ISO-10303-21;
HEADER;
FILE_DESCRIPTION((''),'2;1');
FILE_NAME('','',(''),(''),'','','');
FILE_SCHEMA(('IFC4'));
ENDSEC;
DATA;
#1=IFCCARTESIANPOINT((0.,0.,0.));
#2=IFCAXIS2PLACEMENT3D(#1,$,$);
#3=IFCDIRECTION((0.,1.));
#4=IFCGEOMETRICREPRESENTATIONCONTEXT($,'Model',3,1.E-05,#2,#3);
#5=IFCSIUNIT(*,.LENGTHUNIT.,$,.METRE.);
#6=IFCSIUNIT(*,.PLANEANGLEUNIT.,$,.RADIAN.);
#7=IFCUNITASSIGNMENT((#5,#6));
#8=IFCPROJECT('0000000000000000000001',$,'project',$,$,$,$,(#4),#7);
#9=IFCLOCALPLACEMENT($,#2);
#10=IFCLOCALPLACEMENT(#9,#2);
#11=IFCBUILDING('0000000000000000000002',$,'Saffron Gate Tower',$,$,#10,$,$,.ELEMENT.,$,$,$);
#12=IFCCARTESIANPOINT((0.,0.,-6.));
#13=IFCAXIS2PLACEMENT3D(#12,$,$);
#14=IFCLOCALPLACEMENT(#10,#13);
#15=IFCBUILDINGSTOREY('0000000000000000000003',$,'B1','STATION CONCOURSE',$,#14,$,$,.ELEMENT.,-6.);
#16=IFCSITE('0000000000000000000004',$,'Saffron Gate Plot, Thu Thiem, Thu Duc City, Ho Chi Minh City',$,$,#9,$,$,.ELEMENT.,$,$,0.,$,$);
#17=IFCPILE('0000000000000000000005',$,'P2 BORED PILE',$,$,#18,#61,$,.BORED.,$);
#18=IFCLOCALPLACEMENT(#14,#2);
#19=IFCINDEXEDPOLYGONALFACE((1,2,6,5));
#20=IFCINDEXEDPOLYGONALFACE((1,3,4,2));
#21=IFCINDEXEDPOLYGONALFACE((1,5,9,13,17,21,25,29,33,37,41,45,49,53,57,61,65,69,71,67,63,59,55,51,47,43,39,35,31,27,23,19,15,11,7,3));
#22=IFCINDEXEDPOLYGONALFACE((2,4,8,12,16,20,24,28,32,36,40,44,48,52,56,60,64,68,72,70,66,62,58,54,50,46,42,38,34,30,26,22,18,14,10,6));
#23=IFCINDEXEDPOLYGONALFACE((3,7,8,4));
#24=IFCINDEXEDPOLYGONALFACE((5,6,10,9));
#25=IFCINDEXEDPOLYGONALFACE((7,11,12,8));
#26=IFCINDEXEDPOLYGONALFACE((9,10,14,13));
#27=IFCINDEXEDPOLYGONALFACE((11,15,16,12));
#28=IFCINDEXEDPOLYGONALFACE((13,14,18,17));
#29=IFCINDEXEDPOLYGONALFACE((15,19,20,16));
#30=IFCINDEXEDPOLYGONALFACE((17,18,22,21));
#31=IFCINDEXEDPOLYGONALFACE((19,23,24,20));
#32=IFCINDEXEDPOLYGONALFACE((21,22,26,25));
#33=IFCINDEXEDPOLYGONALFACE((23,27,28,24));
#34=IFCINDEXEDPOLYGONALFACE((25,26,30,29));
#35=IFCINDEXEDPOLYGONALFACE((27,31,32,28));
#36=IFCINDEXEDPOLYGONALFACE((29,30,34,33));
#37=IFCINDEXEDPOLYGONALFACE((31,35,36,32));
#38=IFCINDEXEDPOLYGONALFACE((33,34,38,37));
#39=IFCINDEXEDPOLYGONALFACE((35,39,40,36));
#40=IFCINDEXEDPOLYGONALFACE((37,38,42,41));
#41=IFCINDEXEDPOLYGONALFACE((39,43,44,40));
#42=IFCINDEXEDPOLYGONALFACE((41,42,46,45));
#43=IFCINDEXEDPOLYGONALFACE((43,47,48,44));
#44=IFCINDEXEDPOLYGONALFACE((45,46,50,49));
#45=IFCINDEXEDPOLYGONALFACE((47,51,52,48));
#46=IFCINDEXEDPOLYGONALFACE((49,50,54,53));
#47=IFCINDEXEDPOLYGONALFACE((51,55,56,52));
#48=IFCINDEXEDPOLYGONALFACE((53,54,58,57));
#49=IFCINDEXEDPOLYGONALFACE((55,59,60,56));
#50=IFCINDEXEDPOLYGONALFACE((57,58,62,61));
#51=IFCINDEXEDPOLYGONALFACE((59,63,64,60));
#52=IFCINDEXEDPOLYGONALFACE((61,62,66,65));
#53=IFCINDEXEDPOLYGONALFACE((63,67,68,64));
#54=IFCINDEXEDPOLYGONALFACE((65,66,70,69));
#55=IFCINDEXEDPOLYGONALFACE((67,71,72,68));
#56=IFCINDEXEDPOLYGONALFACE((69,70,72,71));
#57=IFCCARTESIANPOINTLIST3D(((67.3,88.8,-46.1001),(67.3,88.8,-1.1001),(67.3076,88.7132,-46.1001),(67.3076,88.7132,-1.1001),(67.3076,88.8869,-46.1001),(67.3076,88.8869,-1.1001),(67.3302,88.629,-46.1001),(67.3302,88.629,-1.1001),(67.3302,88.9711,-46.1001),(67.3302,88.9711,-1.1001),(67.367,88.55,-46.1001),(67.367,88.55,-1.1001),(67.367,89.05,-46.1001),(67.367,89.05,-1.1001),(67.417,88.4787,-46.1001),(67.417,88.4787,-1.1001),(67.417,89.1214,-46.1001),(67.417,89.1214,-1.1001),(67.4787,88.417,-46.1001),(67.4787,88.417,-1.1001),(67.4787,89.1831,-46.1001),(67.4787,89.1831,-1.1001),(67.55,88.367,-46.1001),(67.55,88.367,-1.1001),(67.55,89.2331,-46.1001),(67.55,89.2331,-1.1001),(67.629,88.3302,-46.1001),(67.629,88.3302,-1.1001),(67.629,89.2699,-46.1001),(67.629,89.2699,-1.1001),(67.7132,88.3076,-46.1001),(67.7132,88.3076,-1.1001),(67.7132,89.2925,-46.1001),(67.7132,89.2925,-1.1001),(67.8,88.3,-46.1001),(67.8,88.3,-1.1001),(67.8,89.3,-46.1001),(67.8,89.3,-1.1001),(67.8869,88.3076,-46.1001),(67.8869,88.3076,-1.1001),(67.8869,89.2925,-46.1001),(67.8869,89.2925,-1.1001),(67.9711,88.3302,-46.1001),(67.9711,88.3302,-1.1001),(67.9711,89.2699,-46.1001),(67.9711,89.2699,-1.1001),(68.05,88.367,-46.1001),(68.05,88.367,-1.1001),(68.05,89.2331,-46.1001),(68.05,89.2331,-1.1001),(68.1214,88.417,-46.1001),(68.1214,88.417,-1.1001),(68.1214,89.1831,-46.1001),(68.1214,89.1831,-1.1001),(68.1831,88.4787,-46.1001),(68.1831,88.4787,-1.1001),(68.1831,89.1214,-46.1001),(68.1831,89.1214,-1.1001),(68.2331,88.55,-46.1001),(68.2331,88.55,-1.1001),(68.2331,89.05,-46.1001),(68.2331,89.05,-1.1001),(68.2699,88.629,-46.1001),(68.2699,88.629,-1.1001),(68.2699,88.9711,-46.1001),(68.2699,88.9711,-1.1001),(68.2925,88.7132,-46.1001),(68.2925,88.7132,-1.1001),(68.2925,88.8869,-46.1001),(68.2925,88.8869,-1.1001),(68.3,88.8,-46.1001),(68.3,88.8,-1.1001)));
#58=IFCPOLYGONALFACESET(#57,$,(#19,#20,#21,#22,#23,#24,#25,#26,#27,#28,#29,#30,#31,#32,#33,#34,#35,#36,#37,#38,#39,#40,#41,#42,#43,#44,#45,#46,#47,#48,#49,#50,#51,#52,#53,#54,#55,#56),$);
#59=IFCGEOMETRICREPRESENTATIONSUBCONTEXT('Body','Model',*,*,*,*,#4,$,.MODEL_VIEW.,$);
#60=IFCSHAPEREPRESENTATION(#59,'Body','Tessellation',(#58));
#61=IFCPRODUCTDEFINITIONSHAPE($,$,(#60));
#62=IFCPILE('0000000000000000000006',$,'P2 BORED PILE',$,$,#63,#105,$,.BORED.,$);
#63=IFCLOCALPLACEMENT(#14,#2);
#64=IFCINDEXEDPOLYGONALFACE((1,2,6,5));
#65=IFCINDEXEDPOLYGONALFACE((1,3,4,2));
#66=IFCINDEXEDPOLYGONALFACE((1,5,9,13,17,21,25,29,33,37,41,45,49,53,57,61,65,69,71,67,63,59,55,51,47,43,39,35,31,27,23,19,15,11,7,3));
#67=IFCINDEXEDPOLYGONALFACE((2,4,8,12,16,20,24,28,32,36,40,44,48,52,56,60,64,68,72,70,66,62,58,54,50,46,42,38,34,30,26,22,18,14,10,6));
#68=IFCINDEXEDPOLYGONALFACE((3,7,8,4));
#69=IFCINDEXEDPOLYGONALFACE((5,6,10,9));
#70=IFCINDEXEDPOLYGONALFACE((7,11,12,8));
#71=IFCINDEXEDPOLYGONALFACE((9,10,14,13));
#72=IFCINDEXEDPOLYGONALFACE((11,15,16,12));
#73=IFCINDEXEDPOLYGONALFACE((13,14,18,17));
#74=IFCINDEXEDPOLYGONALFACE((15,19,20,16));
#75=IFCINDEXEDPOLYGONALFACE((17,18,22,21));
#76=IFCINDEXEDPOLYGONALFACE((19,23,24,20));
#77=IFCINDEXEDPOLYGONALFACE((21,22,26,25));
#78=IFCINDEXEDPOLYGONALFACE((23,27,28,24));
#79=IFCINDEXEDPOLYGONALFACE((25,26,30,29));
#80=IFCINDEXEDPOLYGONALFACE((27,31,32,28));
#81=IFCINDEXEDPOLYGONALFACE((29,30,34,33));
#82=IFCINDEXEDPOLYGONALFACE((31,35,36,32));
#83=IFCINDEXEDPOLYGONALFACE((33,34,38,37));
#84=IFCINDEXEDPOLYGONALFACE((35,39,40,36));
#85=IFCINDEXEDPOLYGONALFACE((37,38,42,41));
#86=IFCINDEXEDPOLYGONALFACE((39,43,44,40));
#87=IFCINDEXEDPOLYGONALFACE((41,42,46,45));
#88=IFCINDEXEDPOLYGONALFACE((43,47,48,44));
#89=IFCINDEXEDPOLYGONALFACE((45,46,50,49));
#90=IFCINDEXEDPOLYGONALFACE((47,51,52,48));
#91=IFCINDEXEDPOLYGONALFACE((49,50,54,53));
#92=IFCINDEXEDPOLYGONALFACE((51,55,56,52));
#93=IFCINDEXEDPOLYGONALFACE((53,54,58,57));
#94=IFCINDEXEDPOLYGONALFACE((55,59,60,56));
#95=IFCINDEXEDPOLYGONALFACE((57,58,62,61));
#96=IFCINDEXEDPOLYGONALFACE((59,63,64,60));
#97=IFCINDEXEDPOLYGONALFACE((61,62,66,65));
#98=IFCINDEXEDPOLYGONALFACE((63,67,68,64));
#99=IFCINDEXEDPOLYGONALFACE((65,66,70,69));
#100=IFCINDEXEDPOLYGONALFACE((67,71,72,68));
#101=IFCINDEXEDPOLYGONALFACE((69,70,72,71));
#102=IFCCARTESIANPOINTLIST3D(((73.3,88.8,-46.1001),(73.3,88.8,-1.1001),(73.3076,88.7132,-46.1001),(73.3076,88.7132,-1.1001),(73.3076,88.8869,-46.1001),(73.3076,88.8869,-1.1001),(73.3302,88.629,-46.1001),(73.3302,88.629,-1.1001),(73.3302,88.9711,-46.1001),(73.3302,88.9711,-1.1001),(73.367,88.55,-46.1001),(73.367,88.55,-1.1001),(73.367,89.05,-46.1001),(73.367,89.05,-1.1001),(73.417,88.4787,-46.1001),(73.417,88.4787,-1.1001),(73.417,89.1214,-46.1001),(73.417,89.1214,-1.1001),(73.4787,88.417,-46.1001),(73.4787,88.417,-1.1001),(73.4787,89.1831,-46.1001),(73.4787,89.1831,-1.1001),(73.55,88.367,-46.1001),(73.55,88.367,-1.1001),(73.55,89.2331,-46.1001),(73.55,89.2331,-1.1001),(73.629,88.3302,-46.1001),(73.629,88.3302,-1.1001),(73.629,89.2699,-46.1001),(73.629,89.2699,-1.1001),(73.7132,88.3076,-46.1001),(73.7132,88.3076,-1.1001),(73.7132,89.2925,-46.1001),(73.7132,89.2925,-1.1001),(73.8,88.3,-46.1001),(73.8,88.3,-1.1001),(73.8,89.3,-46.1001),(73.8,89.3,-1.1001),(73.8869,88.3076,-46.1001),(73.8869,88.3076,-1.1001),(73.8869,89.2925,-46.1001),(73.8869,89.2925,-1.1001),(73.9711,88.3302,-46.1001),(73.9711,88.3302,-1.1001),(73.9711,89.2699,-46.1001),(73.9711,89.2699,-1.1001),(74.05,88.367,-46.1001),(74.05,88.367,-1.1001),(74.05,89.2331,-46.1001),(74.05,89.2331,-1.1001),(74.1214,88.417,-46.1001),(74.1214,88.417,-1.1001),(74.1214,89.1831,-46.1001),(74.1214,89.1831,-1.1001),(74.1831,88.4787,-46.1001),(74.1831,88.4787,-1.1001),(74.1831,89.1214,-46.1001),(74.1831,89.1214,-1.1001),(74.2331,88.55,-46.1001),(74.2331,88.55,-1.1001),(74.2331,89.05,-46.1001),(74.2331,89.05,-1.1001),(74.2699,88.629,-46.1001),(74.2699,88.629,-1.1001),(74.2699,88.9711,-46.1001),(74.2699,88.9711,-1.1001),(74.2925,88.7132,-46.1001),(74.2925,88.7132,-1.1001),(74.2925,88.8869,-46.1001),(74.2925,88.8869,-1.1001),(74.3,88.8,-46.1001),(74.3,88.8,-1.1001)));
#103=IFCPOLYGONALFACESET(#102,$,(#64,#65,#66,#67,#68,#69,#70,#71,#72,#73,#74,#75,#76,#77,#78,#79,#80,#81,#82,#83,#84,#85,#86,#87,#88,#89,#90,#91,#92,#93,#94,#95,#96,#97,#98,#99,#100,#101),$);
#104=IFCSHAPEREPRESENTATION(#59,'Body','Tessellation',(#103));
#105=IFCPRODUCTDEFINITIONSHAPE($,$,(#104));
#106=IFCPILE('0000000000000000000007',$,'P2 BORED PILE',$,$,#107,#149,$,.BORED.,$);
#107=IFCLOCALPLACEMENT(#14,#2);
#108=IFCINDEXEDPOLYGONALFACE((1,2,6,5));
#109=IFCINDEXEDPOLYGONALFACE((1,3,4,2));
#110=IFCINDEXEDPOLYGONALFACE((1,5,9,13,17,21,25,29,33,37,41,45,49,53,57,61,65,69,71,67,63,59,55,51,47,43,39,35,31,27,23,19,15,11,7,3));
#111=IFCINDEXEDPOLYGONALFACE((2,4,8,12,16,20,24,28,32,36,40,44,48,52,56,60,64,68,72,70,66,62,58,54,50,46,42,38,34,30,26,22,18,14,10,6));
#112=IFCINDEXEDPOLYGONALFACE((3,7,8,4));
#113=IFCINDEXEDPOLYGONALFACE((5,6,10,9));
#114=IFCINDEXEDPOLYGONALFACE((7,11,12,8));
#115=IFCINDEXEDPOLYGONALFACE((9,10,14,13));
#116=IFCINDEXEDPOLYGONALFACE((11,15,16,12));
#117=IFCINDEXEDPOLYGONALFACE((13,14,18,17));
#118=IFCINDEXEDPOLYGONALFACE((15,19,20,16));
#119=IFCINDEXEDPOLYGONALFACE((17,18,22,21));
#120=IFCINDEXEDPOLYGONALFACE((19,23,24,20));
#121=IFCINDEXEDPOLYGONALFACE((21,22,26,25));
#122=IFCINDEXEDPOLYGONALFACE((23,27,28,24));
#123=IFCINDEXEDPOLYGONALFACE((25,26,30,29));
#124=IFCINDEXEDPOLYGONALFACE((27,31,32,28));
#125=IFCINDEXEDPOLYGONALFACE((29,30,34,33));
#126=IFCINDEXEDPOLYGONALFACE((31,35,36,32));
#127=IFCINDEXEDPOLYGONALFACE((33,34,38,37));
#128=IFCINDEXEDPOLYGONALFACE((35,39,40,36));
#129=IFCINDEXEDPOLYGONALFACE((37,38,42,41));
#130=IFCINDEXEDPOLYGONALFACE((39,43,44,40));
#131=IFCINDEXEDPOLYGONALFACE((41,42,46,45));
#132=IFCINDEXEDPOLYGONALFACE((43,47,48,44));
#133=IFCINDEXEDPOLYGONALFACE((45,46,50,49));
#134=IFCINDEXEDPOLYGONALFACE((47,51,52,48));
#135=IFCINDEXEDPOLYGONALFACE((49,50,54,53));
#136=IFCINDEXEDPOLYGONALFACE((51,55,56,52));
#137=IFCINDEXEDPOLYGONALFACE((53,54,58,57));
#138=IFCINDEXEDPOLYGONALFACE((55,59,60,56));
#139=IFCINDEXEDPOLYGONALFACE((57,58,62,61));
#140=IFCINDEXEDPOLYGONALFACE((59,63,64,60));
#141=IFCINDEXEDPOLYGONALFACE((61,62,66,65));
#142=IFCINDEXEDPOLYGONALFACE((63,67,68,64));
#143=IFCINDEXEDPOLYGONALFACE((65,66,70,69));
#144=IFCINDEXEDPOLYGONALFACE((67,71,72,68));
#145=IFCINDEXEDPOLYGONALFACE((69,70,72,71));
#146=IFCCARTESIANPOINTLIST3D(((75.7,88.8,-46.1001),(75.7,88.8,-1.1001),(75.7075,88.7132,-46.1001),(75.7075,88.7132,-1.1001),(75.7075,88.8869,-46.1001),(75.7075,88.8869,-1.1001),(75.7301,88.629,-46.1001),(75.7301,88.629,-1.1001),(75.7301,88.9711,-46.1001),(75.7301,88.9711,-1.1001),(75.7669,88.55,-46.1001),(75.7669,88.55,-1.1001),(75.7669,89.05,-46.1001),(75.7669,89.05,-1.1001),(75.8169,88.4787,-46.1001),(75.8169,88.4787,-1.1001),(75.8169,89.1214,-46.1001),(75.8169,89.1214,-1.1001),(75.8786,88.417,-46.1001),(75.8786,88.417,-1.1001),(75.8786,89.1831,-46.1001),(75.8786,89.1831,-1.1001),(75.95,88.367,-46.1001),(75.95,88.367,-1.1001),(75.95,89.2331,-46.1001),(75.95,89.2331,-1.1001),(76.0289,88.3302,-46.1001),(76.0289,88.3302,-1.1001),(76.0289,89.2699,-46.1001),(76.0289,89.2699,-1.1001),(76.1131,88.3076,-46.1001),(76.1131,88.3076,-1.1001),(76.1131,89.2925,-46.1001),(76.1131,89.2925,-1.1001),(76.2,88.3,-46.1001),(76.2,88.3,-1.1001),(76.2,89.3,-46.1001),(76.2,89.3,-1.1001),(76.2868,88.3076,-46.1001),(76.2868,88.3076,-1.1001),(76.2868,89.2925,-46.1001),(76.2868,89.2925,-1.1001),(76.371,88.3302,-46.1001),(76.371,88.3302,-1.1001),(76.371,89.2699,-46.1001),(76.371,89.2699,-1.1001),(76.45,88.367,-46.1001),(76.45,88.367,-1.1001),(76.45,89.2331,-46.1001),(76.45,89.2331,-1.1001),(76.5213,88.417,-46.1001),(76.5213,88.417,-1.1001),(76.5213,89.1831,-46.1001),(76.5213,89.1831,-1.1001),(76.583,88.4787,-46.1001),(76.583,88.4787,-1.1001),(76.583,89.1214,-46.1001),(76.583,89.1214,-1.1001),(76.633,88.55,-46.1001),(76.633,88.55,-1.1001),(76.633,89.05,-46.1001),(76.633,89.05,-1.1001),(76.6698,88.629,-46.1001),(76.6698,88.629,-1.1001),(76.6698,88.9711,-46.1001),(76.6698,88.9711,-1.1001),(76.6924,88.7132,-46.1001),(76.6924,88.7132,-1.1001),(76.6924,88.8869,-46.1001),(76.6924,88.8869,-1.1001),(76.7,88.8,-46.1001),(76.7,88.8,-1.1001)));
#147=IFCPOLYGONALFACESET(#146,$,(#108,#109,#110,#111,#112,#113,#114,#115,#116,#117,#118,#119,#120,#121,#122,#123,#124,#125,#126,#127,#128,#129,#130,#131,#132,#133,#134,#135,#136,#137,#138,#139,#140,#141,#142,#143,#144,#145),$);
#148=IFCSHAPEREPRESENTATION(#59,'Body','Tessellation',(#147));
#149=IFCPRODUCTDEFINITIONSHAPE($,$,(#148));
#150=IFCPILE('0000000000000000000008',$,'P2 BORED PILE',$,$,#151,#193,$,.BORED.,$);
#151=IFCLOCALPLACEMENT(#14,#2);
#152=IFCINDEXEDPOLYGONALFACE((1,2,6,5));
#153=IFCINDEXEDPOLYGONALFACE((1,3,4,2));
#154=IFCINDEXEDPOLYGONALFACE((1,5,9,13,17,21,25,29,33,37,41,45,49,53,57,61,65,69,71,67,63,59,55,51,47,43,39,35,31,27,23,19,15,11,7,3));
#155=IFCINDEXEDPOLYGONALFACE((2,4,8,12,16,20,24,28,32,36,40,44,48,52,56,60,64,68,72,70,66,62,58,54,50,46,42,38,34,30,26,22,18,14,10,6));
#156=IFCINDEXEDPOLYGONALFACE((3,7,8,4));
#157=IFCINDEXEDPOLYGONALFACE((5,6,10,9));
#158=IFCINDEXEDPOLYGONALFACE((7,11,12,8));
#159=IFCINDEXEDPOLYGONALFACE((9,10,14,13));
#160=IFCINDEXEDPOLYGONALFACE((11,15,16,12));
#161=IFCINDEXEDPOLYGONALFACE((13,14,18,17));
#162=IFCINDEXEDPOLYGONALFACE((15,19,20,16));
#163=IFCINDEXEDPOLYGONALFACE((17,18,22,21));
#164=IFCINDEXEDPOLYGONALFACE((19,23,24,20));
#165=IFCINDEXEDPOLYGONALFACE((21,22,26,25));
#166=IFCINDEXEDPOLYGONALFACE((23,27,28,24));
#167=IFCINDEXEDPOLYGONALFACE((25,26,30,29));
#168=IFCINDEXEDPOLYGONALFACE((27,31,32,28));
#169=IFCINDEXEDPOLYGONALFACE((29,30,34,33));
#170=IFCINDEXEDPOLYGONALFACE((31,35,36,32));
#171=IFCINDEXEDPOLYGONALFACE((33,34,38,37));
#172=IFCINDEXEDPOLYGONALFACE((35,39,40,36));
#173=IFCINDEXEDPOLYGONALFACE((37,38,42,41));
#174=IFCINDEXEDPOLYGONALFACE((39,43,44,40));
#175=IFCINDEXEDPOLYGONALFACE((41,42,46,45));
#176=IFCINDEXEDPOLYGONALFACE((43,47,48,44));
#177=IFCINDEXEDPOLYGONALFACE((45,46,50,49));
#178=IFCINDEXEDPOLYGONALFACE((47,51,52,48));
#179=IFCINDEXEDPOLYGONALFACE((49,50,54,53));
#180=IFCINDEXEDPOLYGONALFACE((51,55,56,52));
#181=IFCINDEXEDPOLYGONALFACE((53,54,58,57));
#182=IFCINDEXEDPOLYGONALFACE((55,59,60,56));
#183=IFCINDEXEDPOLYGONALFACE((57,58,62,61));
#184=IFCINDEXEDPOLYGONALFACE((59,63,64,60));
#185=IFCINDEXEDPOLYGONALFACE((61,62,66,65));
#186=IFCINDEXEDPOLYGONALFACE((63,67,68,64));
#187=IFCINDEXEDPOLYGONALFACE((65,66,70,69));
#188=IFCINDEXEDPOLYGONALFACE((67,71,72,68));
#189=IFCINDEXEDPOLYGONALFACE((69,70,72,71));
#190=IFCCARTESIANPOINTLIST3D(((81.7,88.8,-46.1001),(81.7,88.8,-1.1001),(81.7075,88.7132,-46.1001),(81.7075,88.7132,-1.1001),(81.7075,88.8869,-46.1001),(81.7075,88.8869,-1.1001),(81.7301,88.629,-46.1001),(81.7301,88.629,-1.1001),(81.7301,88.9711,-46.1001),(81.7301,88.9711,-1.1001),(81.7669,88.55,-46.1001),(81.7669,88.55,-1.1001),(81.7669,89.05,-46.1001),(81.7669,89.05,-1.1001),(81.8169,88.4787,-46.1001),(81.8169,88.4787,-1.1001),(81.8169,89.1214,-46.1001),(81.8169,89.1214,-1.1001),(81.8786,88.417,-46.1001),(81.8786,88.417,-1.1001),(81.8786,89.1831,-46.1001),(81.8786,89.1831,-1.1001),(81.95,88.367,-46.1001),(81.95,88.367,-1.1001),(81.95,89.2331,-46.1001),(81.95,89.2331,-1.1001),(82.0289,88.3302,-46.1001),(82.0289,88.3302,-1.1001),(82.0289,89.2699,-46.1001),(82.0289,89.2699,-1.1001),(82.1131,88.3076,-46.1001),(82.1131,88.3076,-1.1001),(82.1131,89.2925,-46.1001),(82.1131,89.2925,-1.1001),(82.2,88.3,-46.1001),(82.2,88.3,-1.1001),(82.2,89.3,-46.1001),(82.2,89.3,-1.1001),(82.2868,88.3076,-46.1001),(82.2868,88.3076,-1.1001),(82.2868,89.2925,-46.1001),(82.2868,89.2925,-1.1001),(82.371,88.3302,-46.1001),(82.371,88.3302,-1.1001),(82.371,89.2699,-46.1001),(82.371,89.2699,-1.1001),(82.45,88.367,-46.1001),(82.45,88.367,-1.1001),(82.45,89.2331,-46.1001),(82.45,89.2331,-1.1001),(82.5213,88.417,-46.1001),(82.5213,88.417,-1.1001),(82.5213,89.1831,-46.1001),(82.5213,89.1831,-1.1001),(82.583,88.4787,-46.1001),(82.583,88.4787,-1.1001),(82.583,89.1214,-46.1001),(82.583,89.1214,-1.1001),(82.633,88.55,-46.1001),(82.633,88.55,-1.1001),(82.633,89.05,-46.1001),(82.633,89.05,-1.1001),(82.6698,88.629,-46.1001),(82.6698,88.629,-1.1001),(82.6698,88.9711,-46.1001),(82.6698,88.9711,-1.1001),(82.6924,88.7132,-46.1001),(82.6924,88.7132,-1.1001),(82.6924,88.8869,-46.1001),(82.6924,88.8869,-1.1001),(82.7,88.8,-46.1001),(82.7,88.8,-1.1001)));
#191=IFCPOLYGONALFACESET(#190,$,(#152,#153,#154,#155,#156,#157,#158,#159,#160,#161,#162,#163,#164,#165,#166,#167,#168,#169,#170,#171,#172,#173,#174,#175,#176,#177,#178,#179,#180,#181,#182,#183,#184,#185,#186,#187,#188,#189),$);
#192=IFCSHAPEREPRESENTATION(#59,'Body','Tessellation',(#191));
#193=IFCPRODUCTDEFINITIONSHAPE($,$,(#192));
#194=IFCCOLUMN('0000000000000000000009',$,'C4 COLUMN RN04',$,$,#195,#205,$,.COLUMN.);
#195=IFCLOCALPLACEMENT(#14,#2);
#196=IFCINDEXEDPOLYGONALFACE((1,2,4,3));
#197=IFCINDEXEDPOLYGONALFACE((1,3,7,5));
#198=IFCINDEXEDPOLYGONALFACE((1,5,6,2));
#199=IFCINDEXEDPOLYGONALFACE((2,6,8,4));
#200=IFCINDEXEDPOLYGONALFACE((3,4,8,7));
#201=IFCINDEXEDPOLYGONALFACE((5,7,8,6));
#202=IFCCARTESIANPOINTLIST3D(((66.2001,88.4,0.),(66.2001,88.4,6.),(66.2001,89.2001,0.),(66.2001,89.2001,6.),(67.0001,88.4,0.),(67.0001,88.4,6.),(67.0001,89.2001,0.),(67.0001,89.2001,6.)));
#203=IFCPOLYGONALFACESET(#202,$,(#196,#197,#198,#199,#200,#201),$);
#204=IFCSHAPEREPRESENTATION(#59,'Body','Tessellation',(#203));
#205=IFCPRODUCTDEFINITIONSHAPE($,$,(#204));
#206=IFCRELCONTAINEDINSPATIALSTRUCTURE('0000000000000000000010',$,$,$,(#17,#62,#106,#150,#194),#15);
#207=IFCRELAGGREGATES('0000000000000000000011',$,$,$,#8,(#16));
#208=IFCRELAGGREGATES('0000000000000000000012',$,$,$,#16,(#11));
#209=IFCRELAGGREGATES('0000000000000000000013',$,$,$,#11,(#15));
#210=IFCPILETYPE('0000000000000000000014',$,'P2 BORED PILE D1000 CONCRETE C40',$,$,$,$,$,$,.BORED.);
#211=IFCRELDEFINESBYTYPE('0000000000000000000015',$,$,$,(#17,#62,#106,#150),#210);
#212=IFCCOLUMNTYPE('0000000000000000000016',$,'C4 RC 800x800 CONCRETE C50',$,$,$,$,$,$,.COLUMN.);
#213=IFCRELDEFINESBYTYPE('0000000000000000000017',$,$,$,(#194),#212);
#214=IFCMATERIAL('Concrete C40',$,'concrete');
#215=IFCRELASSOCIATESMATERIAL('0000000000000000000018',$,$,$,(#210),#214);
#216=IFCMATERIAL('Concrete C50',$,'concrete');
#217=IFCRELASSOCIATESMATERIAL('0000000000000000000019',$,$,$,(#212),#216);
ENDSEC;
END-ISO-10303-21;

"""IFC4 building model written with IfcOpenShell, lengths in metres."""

from ifc_helpers import new_model, si_unit, direction, frame, origin, origin_2d, place, context, subcontext, project, spatial, rectangle, circle, extrude, material, material_profile, profile_set, type_object, element, save


model = new_model("IFC4")

# Units and contexts
model_context = context("Model", 3, precision=1e-05, world=origin(), true_north=direction((0.0, 1.0)))
body_context = subcontext(model_context, "Body", "Model", "MODEL_VIEW")
ifc_project = project(units=[si_unit("LENGTHUNIT", "METRE"), si_unit("PLANEANGLEUNIT", "RADIAN")], contexts=[model_context])

# Site, building, storey
site_placement = place(None, origin())
site = spatial("IfcSite", under=ifc_project, at=site_placement, Name="Saffron Gate Plot, Thu Thiem, Thu Duc City, Ho Chi Minh City", CompositionType="ELEMENT", RefElevation=0.0)
building_placement = place(site_placement, origin())
building = spatial("IfcBuilding", under=site, at=building_placement, Name="Saffron Gate Tower", CompositionType="ELEMENT")
storey_placement = place(building_placement, frame((0.0, 0.0, -6.0)))
storey = spatial("IfcBuildingStorey", under=building, at=storey_placement, Name="B1", Description="STATION CONCOURSE", CompositionType="ELEMENT", Elevation=-6.0)

# Piles
ifc_material_1 = material(Name="Concrete C40", Category="concrete")
ifc_material_profile_1 = material_profile(ifc_material_1, circle(Radius=0.5, at=origin_2d()))
ifc_profile_set_1 = profile_set([ifc_material_profile_1], Name="Concrete C40")
pile_type_1 = type_object("IfcPileType", Name="P2 BORED PILE D1000 CONCRETE C40", PredefinedType="BORED", material=ifc_profile_set_1)
for number, where, z_axis, x_axis, name in (
    (1, (67.8, 88.8, -1.1001), (0.0, 0.0, -1.0), (1.0, 0.0, 0.0), "P2 BORED PILE"),
    (2, (73.8, 88.8, -1.1001), (0.0, 0.0, -1.0), (1.0, 0.0, 0.0), "P2 BORED PILE"),
    (3, (76.2, 88.8, -1.1001), (0.0, 0.0, -1.0), (1.0, 0.0, 0.0), "P2 BORED PILE"),
    (4, (82.2, 88.8, -1.1001), (0.0, 0.0, -1.0), (1.0, 0.0, 0.0), "P2 BORED PILE"),
):
    element("IfcPile", number, at=place(storey_placement, frame(where, z_axis=z_axis, x_axis=x_axis)), inside=storey, type_object=pile_type_1, Name=name, PredefinedType="BORED", context=body_context, shape_type="SweptSolid", body=[
        extrude(circle(Radius=0.5, at=origin_2d()), origin(), (0.0, 0.0, 1.0), 45.0),
    ])

# Column
ifc_material_2 = material(Name="Concrete C50", Category="concrete")
ifc_material_profile_2 = material_profile(ifc_material_2, rectangle(XDim=0.8, YDim=0.8, at=origin_2d()))
ifc_profile_set_2 = profile_set([ifc_material_profile_2], Name="Concrete C50")
column_type = type_object("IfcColumnType", Name="C4 RC 800x800 CONCRETE C50", PredefinedType="COLUMN", material=ifc_profile_set_2)
for number, where, z_axis, x_axis, name in (
    (5, (66.6001, 88.8, 0.0), (0.0, 0.0, 1.0), (1.0, 0.0, 0.0), "C4 COLUMN RN04"),
):
    element("IfcColumn", number, at=place(storey_placement, frame(where, z_axis=z_axis, x_axis=x_axis)), inside=storey, type_object=column_type, Name=name, PredefinedType="COLUMN", context=body_context, shape_type="SweptSolid", body=[
        extrude(rectangle(XDim=0.8, YDim=0.8, at=origin_2d()), origin(), (0.0, 0.0, 1.0), 6.0),
    ])

save(model, "model.ifc")
